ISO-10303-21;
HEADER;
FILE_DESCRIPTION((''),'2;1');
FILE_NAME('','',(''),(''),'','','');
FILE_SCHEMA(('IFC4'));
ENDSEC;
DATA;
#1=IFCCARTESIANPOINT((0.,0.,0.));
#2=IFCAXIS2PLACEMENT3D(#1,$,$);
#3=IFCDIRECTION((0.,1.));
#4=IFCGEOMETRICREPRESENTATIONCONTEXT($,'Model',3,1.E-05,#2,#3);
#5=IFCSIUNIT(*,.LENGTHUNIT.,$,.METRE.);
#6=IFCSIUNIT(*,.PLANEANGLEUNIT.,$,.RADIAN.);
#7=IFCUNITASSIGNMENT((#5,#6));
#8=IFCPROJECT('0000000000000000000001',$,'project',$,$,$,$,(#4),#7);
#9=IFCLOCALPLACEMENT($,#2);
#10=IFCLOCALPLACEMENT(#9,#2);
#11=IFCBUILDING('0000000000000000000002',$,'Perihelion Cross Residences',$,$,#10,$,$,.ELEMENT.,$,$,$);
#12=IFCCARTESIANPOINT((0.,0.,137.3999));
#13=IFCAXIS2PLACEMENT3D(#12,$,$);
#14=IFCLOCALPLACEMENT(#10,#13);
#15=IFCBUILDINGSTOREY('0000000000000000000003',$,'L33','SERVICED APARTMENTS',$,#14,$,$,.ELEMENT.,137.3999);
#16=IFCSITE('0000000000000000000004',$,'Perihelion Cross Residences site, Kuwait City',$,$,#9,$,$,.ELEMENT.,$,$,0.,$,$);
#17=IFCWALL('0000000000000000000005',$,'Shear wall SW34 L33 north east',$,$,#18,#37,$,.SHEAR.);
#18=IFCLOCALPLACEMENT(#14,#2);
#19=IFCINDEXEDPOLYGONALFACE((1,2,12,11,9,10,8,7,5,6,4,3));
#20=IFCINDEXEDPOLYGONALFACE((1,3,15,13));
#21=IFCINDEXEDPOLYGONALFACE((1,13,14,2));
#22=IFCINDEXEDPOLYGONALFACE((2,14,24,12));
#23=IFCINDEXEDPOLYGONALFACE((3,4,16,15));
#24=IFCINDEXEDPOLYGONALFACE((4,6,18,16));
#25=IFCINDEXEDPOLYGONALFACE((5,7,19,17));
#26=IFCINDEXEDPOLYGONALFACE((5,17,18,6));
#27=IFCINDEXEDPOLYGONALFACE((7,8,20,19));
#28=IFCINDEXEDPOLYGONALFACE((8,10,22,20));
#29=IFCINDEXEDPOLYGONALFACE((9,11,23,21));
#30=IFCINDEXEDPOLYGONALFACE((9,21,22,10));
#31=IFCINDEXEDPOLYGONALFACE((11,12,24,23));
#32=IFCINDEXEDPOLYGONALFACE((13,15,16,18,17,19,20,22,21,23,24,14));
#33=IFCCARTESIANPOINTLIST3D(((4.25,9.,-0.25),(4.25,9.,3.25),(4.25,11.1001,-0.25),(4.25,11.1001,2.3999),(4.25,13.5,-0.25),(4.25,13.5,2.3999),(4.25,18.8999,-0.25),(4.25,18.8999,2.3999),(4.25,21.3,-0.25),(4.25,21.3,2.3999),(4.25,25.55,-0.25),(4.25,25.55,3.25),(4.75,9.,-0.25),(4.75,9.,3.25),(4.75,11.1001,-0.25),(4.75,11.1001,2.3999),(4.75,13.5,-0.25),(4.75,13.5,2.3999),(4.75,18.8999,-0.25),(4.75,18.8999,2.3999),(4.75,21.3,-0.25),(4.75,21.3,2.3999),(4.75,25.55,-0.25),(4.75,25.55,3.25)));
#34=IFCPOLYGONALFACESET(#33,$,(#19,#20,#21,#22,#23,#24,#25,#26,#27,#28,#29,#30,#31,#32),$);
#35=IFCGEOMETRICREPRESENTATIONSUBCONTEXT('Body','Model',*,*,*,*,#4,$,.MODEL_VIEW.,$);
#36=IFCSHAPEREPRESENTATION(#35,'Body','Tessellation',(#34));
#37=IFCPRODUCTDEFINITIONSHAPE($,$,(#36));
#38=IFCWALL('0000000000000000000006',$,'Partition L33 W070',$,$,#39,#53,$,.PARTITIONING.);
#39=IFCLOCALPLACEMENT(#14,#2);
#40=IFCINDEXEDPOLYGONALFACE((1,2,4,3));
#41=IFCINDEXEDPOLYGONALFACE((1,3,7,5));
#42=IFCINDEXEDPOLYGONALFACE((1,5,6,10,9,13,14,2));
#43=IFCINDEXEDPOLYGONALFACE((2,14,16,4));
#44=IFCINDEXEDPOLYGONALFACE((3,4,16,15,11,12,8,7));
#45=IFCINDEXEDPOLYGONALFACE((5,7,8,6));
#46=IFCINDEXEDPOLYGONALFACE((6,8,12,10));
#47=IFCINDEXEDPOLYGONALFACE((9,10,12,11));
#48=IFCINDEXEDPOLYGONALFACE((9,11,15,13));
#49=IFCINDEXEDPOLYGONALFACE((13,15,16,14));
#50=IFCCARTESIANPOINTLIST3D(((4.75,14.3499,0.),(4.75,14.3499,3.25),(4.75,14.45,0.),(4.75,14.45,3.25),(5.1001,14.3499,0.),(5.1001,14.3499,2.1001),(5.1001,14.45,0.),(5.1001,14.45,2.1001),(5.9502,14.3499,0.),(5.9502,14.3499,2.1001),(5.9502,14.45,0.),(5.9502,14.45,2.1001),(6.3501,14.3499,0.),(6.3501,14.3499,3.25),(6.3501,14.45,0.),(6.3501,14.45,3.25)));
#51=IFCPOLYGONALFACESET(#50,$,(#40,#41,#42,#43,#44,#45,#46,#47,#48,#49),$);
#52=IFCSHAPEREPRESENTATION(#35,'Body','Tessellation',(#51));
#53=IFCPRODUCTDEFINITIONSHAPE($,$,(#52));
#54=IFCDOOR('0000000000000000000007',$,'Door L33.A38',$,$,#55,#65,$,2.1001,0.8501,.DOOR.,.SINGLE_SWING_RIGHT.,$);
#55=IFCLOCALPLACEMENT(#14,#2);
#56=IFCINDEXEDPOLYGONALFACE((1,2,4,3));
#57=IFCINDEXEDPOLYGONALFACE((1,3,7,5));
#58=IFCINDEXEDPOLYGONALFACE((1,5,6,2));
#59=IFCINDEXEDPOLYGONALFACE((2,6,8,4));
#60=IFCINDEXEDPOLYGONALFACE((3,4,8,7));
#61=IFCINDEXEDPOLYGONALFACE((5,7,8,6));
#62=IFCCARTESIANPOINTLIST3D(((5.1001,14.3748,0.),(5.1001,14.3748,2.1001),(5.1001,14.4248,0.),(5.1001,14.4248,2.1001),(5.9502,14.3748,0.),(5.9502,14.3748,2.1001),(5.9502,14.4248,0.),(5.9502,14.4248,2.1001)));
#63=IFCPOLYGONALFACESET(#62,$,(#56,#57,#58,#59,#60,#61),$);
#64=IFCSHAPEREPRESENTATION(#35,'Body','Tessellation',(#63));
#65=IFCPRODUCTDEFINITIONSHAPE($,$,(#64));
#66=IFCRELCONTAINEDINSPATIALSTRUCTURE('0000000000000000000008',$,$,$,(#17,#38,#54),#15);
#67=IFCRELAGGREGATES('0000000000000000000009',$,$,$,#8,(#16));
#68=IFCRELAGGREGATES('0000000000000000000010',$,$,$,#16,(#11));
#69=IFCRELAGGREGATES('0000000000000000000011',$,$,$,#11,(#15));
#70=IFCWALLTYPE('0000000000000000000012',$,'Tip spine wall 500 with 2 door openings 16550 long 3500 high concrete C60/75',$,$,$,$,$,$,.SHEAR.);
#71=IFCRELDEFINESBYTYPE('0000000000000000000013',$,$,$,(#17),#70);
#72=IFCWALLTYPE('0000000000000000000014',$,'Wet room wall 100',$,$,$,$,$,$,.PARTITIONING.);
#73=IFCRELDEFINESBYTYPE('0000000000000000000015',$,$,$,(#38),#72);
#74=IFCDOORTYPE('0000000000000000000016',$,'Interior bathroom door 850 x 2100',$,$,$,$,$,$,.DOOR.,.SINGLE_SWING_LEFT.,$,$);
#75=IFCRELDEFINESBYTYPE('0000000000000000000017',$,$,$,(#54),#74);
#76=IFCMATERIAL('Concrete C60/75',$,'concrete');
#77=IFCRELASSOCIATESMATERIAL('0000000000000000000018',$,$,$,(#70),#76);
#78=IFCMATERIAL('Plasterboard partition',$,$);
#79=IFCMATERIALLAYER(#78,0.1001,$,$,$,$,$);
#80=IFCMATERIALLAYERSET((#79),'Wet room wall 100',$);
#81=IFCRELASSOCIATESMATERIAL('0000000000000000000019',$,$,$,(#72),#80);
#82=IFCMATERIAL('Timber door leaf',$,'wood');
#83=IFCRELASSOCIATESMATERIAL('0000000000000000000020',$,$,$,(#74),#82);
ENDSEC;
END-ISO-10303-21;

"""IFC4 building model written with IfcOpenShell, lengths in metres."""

from ifc_helpers import new_model, si_unit, direction, frame, frame_2d, origin, place, context, subcontext, project, spatial, polyline, rectangle, outline, extrude, material, layer, layer_set, material_profile, profile_set, type_object, element, fill, save


model = new_model("IFC4")

# Units and contexts
model_context = context("Model", 3, precision=1e-05, world=origin(), true_north=direction((0.0, 1.0)))
body_context = subcontext(model_context, "Body", "Model", "MODEL_VIEW")
ifc_project = project(units=[si_unit("LENGTHUNIT", "METRE"), si_unit("PLANEANGLEUNIT", "RADIAN")], contexts=[model_context])

# Site, building, storey
site_placement = place(None, origin())
site = spatial("IfcSite", under=ifc_project, at=site_placement, Name="Perihelion Cross Residences site, Kuwait City", CompositionType="ELEMENT", RefElevation=0.0)
building_placement = place(site_placement, origin())
building = spatial("IfcBuilding", under=site, at=building_placement, Name="Perihelion Cross Residences", CompositionType="ELEMENT")
storey_placement = place(building_placement, frame((0.0, 0.0, 137.3999)))
storey = spatial("IfcBuildingStorey", under=building, at=storey_placement, Name="L33", Description="SERVICED APARTMENTS", CompositionType="ELEMENT", Elevation=137.3999)

# Wall
ifc_material_1 = material(Name="Concrete C60/75", Category="concrete")
ifc_material_profile_1 = material_profile(ifc_material_1, outline(polyline([(0.0, 0.0), (2.1001, 0.0), (2.1001, 2.6499), (4.5, 2.6499), (4.5, 0.0), (9.8999, 0.0), (9.8999, 2.6499), (12.3, 2.6499), (12.3, 0.0), (16.55, 0.0), (16.55, 3.5), (0.0, 3.5), (0.0, 0.0)])), Name="Tip spine wall")
ifc_profile_set_1 = profile_set([ifc_material_profile_1], Name="Concrete C60/75")
wall_type_1 = type_object("IfcWallType", Name="Tip spine wall 500 with 2 door openings 16550 long 3500 high concrete C60/75", PredefinedType="SHEAR", material=ifc_profile_set_1)
wall_1_placement = place(storey_placement, frame((4.25, 9.0, -0.25), z_axis=(1.0, 0.0, 0.0), x_axis=(0.0, 1.0, 0.0)))
element("IfcWall", 1, at=wall_1_placement, inside=storey, type_object=wall_type_1, Name="Shear wall SW34 L33 north east", PredefinedType="SHEAR", context=body_context, shape_type="SweptSolid", body=[
    extrude(outline(polyline([(0.0, 0.0), (2.1001, 0.0), (2.1001, 2.6499), (4.5, 2.6499), (4.5, 0.0), (9.8999, 0.0), (9.8999, 2.6499), (12.3, 2.6499), (12.3, 0.0), (16.55, 0.0), (16.55, 3.5), (0.0, 3.5), (0.0, 0.0)])), origin(), (0.0, 0.0, 1.0), 0.5),
])

# Wall, opening, door
ifc_material_2 = material(Name="Plasterboard partition")
ifc_layer_1 = layer(ifc_material_2, 0.1001)
ifc_layer_set_1 = layer_set([ifc_layer_1], Name="Wet room wall 100")
wall_type_2 = type_object("IfcWallType", Name="Wet room wall 100", PredefinedType="PARTITIONING", material=ifc_layer_set_1)
wall_2_placement = place(storey_placement, frame((4.75, 14.3999, 0.0), z_axis=(0.0, 0.0, 1.0), x_axis=(1.0, 0.0, 0.0)))
wall_2 = element("IfcWall", 2, at=wall_2_placement, inside=storey, type_object=wall_type_2, Name="Partition L33 W070", PredefinedType="PARTITIONING", context=body_context, shape_type="SweptSolid", body=[
    extrude(rectangle(XDim=1.6001, YDim=0.1001, at=frame_2d((0.8, 0.0))), origin(), (0.0, 0.0, 1.0), 3.25),
])
opening_1_placement = place(wall_2_placement, frame((0.3501, 0.0, 0.0)))
opening_1 = element("IfcOpeningElement", 3, at=opening_1_placement, cuts=wall_2, PredefinedType="OPENING", context=body_context, shape_type="SweptSolid", body=[
    extrude(rectangle(XDim=0.8501, YDim=2.1001, at=frame_2d((0.425, 1.05))), frame((0.0, 0.0601, 0.0), z_axis=(0.0, -1.0, 0.0), x_axis=(1.0, 0.0, 0.0)), (0.0, 0.0, 1.0), 0.1201),
])
ifc_material_3 = material(Name="Timber door leaf", Category="wood")
door_type_1 = type_object("IfcDoorType", Name="Interior bathroom door 850 x 2100", OperationType="SINGLE_SWING_LEFT", PredefinedType="DOOR", material=ifc_material_3)
door_1_placement = place(opening_1_placement, origin())
door_1 = element("IfcDoor", 4, at=door_1_placement, inside=storey, type_object=door_type_1, Name="Door L33.A38", OperationType="SINGLE_SWING_RIGHT", OverallHeight=2.1001, OverallWidth=0.8501, PredefinedType="DOOR", context=body_context, shape_type="SweptSolid", body=[
    extrude(rectangle(XDim=0.8501, YDim=2.1001, at=frame_2d((0.425, 1.05))), frame((0.0, 0.0249, 0.0), z_axis=(0.0, -1.0, 0.0), x_axis=(1.0, 0.0, 0.0)), (0.0, 0.0, 1.0), 0.05),
])
fill(opening_1, door_1)

save(model, "model.ifc")
